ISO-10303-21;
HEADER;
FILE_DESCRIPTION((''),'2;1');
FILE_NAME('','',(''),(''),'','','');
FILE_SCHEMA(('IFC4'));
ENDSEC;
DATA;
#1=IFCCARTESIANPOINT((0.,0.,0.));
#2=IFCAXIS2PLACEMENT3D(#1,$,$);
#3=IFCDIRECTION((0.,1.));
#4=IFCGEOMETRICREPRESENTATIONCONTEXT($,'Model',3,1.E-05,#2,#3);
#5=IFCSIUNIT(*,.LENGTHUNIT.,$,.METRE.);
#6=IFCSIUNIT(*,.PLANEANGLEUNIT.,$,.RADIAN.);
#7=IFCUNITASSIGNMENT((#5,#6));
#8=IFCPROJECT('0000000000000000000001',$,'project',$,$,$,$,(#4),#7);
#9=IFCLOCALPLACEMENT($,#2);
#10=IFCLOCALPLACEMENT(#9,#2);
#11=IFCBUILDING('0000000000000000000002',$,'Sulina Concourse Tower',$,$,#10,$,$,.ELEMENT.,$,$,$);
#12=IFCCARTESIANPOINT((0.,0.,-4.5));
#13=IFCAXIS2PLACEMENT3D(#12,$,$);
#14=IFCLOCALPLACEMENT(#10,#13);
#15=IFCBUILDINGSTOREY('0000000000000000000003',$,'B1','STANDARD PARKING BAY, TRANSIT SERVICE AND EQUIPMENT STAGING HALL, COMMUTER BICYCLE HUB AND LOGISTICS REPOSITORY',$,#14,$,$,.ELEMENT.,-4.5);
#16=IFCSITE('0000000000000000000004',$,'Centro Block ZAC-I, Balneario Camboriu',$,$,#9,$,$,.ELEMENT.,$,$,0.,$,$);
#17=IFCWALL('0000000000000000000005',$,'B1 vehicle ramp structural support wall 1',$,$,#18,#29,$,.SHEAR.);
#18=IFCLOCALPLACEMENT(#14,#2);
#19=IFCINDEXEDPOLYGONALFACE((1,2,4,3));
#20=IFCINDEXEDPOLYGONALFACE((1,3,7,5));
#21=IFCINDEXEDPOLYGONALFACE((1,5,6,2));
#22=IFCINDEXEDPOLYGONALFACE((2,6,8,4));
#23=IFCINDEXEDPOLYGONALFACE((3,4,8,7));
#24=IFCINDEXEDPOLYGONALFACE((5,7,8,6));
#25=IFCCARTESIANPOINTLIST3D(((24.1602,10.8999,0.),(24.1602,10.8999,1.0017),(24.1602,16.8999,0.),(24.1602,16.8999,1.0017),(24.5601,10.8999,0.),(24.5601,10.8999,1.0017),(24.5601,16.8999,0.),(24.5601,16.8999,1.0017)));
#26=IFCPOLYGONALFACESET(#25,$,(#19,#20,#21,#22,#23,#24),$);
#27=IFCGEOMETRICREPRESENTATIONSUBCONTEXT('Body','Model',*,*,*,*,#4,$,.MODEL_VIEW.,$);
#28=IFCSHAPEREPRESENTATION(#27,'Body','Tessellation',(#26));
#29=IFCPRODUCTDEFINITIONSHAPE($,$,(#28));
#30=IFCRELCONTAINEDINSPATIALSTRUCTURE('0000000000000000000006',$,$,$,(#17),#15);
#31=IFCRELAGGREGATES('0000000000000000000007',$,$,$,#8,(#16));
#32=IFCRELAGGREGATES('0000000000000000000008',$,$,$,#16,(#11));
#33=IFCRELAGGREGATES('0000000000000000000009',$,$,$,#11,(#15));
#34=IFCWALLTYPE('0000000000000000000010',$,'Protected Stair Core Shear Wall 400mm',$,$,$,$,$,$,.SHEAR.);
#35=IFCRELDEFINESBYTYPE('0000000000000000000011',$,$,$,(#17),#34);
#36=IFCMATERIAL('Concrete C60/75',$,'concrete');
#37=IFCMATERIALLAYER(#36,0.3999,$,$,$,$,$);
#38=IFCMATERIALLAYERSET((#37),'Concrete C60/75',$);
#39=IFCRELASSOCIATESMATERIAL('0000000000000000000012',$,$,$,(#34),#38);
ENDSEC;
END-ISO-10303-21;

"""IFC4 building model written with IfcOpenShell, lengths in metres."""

from ifc_helpers import new_model, si_unit, direction, frame, frame_2d, origin, place, context, subcontext, project, spatial, rectangle, extrude, material, layer, layer_set, type_object, element, save


model = new_model("IFC4")

# Units and contexts
model_context = context("Model", 3, precision=1e-05, world=origin(), true_north=direction((0.0, 1.0)))
body_context = subcontext(model_context, "Body", "Model", "MODEL_VIEW")
ifc_project = project(units=[si_unit("LENGTHUNIT", "METRE"), si_unit("PLANEANGLEUNIT", "RADIAN")], contexts=[model_context])

# Site, building, storey
site_placement = place(None, origin())
site = spatial("IfcSite", under=ifc_project, at=site_placement, Name="Centro Block ZAC-I, Balneario Camboriu", CompositionType="ELEMENT", RefElevation=0.0)
building_placement = place(site_placement, origin())
building = spatial("IfcBuilding", under=site, at=building_placement, Name="Sulina Concourse Tower", CompositionType="ELEMENT")
storey_placement = place(building_placement, frame((0.0, 0.0, -4.5)))
storey = spatial("IfcBuildingStorey", under=building, at=storey_placement, Name="B1", Description="STANDARD PARKING BAY, TRANSIT SERVICE AND EQUIPMENT STAGING HALL, COMMUTER BICYCLE HUB AND LOGISTICS REPOSITORY", CompositionType="ELEMENT", Elevation=-4.5)

# Wall
ifc_material_1 = material(Name="Concrete C60/75", Category="concrete")
ifc_layer_1 = layer(ifc_material_1, 0.3999)
ifc_layer_set_1 = layer_set([ifc_layer_1], Name="Concrete C60/75")
wall_type_1 = type_object("IfcWallType", Name="Protected Stair Core Shear Wall 400mm", PredefinedType="SHEAR", material=ifc_layer_set_1)
wall_1_placement = place(storey_placement, frame((24.3601, 10.8999, 0.0), z_axis=(0.0, 0.0, 1.0), x_axis=(0.0, 1.0, 0.0)))
element("IfcWall", 1, at=wall_1_placement, inside=storey, type_object=wall_type_1, Name="B1 vehicle ramp structural support wall 1", PredefinedType="SHEAR", context=body_context, shape_type="SweptSolid", body=[
    extrude(rectangle(XDim=6.0, YDim=0.3999, at=frame_2d((3.0, 0.0))), origin(), (0.0, 0.0, 1.0), 1.0017),
])

save(model, "model.ifc")
